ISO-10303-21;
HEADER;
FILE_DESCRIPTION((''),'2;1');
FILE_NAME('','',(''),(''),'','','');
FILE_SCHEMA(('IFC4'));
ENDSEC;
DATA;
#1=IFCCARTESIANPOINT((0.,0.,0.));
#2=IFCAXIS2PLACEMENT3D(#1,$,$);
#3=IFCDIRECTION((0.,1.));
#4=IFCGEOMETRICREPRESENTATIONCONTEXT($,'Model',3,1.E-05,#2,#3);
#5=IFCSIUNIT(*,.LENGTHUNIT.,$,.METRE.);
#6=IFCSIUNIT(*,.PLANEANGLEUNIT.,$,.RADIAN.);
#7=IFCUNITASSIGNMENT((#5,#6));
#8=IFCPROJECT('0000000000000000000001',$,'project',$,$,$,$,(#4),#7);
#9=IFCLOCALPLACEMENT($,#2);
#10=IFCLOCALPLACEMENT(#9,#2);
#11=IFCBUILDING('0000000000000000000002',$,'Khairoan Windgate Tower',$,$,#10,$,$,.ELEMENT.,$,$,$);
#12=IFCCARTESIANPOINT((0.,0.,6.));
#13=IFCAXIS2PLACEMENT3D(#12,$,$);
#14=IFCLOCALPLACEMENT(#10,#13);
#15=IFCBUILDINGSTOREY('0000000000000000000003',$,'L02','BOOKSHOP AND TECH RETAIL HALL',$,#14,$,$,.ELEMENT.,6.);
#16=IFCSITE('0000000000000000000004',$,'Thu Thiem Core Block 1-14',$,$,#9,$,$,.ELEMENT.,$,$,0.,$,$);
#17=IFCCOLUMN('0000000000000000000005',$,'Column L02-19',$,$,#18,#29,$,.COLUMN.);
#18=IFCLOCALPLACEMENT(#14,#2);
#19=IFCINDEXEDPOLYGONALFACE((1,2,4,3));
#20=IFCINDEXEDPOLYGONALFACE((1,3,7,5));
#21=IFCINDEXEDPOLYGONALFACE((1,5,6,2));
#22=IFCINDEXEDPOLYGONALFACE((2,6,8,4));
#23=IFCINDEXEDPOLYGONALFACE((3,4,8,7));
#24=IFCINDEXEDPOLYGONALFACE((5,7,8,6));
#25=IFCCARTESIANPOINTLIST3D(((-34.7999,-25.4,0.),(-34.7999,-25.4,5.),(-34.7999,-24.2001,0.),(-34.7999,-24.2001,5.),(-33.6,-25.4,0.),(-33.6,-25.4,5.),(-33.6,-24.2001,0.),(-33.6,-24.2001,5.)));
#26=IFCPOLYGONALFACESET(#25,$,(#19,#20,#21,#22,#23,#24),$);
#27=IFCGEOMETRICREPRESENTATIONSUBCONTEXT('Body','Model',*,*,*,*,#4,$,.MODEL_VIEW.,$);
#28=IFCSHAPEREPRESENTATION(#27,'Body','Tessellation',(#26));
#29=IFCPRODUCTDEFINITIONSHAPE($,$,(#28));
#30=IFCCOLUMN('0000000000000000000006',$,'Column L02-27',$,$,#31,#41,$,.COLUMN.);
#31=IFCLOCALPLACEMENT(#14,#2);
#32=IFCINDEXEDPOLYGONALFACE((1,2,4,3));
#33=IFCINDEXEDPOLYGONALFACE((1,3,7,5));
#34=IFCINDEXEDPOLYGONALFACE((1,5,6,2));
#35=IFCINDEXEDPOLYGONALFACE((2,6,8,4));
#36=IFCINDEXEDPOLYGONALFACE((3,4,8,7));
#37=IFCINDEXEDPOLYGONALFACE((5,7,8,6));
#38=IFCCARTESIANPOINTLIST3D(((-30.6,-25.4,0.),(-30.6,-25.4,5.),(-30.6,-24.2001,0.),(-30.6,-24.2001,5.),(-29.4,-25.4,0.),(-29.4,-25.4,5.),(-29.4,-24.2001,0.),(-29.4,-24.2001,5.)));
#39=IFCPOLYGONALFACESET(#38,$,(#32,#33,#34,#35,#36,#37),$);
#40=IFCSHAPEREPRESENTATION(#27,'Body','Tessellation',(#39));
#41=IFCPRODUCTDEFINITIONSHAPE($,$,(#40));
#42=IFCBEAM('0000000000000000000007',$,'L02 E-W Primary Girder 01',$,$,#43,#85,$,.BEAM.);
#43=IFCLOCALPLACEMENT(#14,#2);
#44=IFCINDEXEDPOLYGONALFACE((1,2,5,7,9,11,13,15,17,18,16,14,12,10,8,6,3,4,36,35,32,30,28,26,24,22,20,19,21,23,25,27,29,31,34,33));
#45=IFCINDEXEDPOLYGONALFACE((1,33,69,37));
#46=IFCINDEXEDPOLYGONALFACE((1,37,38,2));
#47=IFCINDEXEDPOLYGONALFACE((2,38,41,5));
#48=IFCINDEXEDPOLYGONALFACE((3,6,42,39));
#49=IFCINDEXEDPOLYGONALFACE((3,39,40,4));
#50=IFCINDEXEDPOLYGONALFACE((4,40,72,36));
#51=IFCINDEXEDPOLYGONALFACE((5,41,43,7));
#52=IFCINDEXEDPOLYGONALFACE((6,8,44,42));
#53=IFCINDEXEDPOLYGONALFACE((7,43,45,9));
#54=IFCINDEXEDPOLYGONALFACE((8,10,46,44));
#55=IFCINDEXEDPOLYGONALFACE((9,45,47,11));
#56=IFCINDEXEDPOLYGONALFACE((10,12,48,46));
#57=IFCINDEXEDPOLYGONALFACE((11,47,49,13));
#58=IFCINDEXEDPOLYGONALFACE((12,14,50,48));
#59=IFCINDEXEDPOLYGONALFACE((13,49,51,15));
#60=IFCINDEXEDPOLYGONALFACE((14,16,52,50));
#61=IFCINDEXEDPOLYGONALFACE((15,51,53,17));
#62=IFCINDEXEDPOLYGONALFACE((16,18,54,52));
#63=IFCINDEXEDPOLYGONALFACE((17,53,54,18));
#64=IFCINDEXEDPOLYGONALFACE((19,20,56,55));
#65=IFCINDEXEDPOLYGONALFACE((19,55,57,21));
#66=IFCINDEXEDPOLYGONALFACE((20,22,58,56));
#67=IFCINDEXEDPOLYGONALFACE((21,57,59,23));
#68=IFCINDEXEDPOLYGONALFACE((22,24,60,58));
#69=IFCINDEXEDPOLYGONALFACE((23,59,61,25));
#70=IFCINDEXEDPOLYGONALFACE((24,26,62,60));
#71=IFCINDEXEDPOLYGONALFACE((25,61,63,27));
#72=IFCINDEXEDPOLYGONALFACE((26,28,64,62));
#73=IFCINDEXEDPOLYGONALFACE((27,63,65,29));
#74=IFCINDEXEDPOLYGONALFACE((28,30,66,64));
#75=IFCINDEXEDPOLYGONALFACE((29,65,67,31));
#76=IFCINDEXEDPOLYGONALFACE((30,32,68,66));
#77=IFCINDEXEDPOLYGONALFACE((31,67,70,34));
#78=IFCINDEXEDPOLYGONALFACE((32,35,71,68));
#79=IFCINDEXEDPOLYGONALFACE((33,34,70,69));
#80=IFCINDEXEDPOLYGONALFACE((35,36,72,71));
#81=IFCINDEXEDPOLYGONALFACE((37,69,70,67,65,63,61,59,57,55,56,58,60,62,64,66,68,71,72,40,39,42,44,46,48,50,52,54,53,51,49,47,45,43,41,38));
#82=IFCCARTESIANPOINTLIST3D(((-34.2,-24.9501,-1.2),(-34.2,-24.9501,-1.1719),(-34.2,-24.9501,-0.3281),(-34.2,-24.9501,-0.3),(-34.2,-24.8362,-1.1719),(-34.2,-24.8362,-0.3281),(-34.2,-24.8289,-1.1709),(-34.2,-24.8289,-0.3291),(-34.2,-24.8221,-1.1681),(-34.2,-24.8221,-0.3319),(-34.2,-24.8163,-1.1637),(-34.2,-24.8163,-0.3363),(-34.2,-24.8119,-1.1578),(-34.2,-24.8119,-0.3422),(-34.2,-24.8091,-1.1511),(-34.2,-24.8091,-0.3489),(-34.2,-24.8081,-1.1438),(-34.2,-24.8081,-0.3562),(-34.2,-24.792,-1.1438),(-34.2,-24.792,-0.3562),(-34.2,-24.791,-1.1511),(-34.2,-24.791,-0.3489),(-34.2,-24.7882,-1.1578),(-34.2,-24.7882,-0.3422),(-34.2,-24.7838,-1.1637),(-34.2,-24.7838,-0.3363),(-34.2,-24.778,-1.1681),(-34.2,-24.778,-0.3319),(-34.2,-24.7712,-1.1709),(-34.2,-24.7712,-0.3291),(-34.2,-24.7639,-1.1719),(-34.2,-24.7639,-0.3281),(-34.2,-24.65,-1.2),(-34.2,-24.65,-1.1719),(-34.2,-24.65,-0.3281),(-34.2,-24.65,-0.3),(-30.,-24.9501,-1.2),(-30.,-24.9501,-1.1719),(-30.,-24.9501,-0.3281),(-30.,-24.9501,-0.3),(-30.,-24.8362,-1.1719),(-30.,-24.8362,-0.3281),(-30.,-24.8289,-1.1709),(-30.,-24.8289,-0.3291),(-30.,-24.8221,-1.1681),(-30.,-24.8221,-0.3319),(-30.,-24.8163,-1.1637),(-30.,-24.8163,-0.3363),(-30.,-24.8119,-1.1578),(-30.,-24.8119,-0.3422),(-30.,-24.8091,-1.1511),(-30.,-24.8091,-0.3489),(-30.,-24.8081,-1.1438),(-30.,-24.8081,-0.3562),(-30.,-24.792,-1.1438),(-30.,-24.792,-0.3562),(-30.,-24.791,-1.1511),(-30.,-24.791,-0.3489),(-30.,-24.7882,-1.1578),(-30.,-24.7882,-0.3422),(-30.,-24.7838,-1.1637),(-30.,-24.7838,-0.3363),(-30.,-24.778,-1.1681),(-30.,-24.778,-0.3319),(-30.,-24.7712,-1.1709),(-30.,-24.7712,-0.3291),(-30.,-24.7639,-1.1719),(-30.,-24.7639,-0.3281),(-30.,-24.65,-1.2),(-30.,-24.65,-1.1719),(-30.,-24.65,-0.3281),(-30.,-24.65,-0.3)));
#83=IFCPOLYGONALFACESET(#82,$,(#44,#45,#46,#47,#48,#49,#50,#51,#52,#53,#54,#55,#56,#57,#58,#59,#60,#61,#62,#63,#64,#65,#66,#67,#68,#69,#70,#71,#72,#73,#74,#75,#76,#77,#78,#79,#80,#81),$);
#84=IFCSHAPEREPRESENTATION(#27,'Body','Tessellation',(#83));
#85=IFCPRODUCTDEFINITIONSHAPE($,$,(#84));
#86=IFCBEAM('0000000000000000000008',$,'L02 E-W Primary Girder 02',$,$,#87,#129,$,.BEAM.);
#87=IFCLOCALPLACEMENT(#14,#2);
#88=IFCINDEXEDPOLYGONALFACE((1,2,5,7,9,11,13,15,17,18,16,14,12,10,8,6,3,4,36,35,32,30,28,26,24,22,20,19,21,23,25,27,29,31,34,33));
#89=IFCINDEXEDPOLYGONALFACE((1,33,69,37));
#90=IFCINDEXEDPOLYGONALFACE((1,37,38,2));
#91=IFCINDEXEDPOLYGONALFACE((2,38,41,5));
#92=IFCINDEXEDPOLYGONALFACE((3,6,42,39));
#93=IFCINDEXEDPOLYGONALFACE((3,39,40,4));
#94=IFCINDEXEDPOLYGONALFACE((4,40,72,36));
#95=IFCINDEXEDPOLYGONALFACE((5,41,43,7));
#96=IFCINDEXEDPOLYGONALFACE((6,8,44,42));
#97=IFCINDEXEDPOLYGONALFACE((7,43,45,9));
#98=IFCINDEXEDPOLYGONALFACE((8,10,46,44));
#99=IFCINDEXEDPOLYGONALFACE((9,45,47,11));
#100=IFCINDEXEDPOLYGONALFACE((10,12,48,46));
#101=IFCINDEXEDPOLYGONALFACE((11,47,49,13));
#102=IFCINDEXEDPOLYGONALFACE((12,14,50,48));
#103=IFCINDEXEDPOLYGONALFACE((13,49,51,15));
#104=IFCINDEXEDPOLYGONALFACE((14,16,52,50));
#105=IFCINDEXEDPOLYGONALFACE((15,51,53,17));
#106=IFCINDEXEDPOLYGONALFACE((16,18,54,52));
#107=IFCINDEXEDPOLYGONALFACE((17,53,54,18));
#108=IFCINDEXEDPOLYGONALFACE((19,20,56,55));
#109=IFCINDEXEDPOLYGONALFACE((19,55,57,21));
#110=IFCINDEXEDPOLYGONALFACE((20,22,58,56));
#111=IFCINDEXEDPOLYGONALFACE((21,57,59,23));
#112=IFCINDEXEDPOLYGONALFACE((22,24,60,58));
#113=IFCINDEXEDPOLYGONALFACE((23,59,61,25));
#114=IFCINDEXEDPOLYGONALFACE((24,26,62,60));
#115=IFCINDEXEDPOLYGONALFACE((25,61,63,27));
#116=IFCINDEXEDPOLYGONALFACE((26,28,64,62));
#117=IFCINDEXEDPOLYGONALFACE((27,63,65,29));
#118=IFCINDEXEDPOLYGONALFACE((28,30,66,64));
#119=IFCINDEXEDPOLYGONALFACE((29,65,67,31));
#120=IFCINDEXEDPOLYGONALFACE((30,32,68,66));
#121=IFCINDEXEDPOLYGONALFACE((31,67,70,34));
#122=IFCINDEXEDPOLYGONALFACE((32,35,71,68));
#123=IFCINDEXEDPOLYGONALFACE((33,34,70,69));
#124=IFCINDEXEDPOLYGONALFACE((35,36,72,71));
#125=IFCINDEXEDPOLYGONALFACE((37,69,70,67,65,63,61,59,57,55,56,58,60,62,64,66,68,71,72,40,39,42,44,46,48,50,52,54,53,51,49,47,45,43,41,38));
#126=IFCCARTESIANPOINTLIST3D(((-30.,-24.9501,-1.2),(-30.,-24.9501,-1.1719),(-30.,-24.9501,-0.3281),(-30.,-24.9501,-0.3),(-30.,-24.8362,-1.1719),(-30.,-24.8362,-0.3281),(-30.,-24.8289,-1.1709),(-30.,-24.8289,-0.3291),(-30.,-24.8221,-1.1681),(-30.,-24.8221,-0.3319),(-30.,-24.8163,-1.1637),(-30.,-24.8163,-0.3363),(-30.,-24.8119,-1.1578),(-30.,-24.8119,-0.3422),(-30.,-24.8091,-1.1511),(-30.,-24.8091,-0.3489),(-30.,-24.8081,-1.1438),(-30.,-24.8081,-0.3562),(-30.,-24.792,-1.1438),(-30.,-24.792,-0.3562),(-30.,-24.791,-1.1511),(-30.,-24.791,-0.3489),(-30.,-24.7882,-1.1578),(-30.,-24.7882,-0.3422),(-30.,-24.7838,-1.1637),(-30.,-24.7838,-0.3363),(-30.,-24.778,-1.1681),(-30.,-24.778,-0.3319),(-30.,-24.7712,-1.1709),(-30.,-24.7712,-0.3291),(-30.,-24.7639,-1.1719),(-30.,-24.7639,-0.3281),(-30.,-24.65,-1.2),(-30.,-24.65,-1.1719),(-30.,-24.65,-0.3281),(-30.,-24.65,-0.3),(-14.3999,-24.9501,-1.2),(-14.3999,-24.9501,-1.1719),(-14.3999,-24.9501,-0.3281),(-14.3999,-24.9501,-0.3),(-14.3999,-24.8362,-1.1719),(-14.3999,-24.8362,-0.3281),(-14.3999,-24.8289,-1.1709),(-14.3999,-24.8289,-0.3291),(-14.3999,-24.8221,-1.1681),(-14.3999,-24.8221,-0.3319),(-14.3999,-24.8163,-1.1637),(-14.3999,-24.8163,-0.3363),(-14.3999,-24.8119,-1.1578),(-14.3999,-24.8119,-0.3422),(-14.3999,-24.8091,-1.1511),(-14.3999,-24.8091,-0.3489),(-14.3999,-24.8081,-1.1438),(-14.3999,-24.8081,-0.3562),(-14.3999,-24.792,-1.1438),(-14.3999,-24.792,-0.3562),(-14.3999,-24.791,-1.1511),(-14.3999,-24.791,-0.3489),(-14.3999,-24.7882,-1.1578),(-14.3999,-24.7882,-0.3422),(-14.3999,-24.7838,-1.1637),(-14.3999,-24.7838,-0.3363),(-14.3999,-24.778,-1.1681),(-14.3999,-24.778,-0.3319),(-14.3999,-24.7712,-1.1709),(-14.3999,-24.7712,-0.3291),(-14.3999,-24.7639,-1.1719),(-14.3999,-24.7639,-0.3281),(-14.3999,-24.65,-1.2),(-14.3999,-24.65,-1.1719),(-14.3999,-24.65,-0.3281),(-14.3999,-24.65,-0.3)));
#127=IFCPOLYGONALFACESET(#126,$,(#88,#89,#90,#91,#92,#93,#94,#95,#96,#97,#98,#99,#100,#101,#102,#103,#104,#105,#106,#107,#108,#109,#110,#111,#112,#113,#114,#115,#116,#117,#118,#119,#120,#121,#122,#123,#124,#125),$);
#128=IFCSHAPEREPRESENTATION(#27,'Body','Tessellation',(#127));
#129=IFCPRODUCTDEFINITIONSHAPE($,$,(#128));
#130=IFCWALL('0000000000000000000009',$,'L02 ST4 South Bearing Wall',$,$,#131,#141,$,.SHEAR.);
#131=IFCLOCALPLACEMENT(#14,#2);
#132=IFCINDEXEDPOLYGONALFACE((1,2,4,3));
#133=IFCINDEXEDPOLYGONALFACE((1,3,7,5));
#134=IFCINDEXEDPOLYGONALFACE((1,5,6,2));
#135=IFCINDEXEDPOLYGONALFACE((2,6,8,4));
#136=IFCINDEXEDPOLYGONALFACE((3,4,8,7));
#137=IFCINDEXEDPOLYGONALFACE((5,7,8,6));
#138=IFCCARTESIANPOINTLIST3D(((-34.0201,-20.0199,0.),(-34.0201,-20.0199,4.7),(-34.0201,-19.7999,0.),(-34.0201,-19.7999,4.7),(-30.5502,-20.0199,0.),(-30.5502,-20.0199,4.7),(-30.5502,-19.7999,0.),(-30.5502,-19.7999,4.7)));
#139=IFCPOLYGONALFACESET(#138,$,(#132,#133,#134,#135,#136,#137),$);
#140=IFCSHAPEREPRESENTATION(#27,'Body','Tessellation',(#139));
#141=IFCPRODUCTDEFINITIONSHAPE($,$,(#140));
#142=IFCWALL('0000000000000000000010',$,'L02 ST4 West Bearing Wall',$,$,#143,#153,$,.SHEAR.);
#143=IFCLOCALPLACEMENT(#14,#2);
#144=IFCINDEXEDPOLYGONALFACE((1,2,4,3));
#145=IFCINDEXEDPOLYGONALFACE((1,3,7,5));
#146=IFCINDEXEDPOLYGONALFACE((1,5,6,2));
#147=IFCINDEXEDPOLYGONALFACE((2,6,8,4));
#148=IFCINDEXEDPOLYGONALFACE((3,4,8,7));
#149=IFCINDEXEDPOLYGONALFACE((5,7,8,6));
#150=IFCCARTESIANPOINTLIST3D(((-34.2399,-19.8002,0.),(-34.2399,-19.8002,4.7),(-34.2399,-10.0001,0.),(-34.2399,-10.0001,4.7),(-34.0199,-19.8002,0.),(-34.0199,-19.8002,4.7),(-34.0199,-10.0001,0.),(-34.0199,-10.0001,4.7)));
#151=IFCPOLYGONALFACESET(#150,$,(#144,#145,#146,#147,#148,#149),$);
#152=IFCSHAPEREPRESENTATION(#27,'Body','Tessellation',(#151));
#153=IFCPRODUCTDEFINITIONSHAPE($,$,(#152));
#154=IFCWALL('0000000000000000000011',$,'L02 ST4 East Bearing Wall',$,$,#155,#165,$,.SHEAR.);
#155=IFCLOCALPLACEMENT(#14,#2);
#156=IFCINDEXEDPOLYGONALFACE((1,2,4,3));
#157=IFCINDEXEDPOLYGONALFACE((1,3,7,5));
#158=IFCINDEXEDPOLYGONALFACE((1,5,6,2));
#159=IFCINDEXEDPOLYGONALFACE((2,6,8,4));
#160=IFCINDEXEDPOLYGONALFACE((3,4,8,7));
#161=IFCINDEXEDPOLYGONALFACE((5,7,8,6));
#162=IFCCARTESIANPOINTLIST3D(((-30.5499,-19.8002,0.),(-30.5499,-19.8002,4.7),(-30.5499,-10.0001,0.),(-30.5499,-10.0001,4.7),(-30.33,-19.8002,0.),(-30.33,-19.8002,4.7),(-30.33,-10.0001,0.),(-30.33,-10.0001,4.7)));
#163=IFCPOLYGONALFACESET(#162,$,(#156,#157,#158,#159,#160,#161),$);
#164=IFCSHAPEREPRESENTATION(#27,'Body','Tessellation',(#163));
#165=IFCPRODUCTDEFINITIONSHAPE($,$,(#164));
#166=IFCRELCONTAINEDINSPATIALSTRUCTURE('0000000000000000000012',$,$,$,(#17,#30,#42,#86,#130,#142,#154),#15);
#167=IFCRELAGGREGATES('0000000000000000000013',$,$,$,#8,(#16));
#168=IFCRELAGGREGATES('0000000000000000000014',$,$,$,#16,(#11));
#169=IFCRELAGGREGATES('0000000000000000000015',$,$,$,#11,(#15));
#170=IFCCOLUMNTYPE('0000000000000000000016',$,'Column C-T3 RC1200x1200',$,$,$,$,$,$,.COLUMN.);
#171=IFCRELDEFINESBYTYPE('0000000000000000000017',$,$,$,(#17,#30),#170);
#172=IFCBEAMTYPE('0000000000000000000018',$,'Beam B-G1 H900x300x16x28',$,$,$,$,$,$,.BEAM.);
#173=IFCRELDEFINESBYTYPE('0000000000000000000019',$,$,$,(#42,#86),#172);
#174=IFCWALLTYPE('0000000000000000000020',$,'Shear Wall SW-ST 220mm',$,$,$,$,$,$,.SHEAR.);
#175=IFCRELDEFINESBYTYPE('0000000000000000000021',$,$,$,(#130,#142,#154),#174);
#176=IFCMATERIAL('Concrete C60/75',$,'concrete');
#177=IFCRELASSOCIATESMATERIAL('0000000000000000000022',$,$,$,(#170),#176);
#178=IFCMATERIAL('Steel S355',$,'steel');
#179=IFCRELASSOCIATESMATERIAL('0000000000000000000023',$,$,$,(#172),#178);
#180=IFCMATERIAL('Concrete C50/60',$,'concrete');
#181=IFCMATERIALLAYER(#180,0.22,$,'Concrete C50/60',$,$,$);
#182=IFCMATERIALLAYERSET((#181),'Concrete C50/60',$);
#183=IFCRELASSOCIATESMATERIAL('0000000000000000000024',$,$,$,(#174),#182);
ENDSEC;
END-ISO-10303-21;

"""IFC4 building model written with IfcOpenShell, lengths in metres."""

from ifc_helpers import new_model, si_unit, direction, frame, frame_2d, origin, origin_2d, place, context, subcontext, project, spatial, rectangle, i_section, extrude, material, layer, layer_set, material_profile, profile_set, type_object, element, save


model = new_model("IFC4")

# Units and contexts
model_context = context("Model", 3, precision=1e-05, world=origin(), true_north=direction((0.0, 1.0)))
body_context = subcontext(model_context, "Body", "Model", "MODEL_VIEW")
ifc_project = project(units=[si_unit("LENGTHUNIT", "METRE"), si_unit("PLANEANGLEUNIT", "RADIAN")], contexts=[model_context])

# Site, building, storey
site_placement = place(None, origin())
site = spatial("IfcSite", under=ifc_project, at=site_placement, Name="Thu Thiem Core Block 1-14", CompositionType="ELEMENT", RefElevation=0.0)
building_placement = place(site_placement, origin())
building = spatial("IfcBuilding", under=site, at=building_placement, Name="Khairoan Windgate Tower", CompositionType="ELEMENT")
storey_placement = place(building_placement, frame((0.0, 0.0, 6.0)))
storey = spatial("IfcBuildingStorey", under=building, at=storey_placement, Name="L02", Description="BOOKSHOP AND TECH RETAIL HALL", CompositionType="ELEMENT", Elevation=6.0)

# Columns
ifc_material_1 = material(Name="Concrete C60/75", Category="concrete")
ifc_material_profile_1 = material_profile(ifc_material_1, rectangle(XDim=1.2, YDim=1.2, at=origin_2d()))
ifc_profile_set_1 = profile_set([ifc_material_profile_1], Name="Concrete C60/75")
column_type = type_object("IfcColumnType", Name="Column C-T3 RC1200x1200", PredefinedType="COLUMN", material=ifc_profile_set_1)
for number, where, z_axis, x_axis, name in (
    (1, (-34.2, -24.8, 0.0), (0.0, 0.0, 1.0), (1.0, 0.0, 0.0), "Column L02-19"),
    (2, (-30.0, -24.8, 0.0), (0.0, 0.0, 1.0), (1.0, 0.0, 0.0), "Column L02-27"),
):
    element("IfcColumn", number, at=place(storey_placement, frame(where, z_axis=z_axis, x_axis=x_axis)), inside=storey, type_object=column_type, Name=name, PredefinedType="COLUMN", context=body_context, shape_type="SweptSolid", body=[
        extrude(rectangle(XDim=1.2, YDim=1.2, at=origin_2d()), origin(), (0.0, 0.0, 1.0), 5.0),
    ])

# Beams
ifc_material_2 = material(Name="Steel S355", Category="steel")
ifc_material_profile_2 = material_profile(ifc_material_2, i_section(OverallWidth=0.3, OverallDepth=0.8999, WebThickness=0.0161, FlangeThickness=0.0281, FilletRadius=0.0281, at=origin_2d()))
ifc_profile_set_2 = profile_set([ifc_material_profile_2], Name="Steel S355")
beam_type = type_object("IfcBeamType", Name="Beam B-G1 H900x300x16x28", PredefinedType="BEAM", material=ifc_profile_set_2)
beam_1_placement = place(storey_placement, frame((-34.2, -24.8, -0.75), z_axis=(1.0, 0.0, 0.0), x_axis=(0.0, 1.0, 0.0)))
element("IfcBeam", 3, at=beam_1_placement, inside=storey, type_object=beam_type, Name="L02 E-W Primary Girder 01", PredefinedType="BEAM", context=body_context, shape_type="SweptSolid", body=[
    extrude(i_section(OverallWidth=0.3, OverallDepth=0.8999, WebThickness=0.0161, FlangeThickness=0.0281, FilletRadius=0.0281, at=origin_2d()), origin(), (0.0, 0.0, 1.0), 4.2),
])
beam_2_placement = place(storey_placement, frame((-30.0, -24.8, -0.75), z_axis=(1.0, 0.0, 0.0), x_axis=(0.0, 1.0, 0.0)))
element("IfcBeam", 4, at=beam_2_placement, inside=storey, type_object=beam_type, Name="L02 E-W Primary Girder 02", PredefinedType="BEAM", context=body_context, shape_type="SweptSolid", body=[
    extrude(i_section(OverallWidth=0.3, OverallDepth=0.8999, WebThickness=0.0161, FlangeThickness=0.0281, FilletRadius=0.0281, at=origin_2d()), origin(), (0.0, 0.0, 1.0), 15.6001),
])

# Walls
ifc_material_3 = material(Name="Concrete C50/60", Category="concrete")
ifc_layer_1 = layer(ifc_material_3, 0.22, Name="Concrete C50/60")
ifc_layer_set_1 = layer_set([ifc_layer_1], Name="Concrete C50/60")
wall_type = type_object("IfcWallType", Name="Shear Wall SW-ST 220mm", PredefinedType="SHEAR", material=ifc_layer_set_1)
wall_placement = place(storey_placement, frame((-34.02, -19.9099, 0.0), z_axis=(0.0, 0.0, 1.0), x_axis=(1.0, 0.0, 0.0)))
element("IfcWall", 5, at=wall_placement, inside=storey, type_object=wall_type, Name="L02 ST4 South Bearing Wall", PredefinedType="SHEAR", context=body_context, shape_type="SweptSolid", body=[
    extrude(rectangle(XDim=3.47, YDim=0.22, at=frame_2d((1.7349, 0.0))), origin(), (0.0, 0.0, 1.0), 4.7),
])
for number, where, z_axis, x_axis, name in (
    (6, (-34.1299, -19.8, 0.0), (0.0, 0.0, 1.0), (0.0, 1.0, 0.0), "L02 ST4 West Bearing Wall"),
    (7, (-30.4399, -19.8, 0.0), (0.0, 0.0, 1.0), (0.0, 1.0, 0.0), "L02 ST4 East Bearing Wall"),
):
    element("IfcWall", number, at=place(storey_placement, frame(where, z_axis=z_axis, x_axis=x_axis)), inside=storey, type_object=wall_type, Name=name, PredefinedType="SHEAR", context=body_context, shape_type="SweptSolid", body=[
        extrude(rectangle(XDim=9.8, YDim=0.22, at=frame_2d((4.8999, 0.0))), origin(), (0.0, 0.0, 1.0), 4.7),
    ])

save(model, "model.ifc")
